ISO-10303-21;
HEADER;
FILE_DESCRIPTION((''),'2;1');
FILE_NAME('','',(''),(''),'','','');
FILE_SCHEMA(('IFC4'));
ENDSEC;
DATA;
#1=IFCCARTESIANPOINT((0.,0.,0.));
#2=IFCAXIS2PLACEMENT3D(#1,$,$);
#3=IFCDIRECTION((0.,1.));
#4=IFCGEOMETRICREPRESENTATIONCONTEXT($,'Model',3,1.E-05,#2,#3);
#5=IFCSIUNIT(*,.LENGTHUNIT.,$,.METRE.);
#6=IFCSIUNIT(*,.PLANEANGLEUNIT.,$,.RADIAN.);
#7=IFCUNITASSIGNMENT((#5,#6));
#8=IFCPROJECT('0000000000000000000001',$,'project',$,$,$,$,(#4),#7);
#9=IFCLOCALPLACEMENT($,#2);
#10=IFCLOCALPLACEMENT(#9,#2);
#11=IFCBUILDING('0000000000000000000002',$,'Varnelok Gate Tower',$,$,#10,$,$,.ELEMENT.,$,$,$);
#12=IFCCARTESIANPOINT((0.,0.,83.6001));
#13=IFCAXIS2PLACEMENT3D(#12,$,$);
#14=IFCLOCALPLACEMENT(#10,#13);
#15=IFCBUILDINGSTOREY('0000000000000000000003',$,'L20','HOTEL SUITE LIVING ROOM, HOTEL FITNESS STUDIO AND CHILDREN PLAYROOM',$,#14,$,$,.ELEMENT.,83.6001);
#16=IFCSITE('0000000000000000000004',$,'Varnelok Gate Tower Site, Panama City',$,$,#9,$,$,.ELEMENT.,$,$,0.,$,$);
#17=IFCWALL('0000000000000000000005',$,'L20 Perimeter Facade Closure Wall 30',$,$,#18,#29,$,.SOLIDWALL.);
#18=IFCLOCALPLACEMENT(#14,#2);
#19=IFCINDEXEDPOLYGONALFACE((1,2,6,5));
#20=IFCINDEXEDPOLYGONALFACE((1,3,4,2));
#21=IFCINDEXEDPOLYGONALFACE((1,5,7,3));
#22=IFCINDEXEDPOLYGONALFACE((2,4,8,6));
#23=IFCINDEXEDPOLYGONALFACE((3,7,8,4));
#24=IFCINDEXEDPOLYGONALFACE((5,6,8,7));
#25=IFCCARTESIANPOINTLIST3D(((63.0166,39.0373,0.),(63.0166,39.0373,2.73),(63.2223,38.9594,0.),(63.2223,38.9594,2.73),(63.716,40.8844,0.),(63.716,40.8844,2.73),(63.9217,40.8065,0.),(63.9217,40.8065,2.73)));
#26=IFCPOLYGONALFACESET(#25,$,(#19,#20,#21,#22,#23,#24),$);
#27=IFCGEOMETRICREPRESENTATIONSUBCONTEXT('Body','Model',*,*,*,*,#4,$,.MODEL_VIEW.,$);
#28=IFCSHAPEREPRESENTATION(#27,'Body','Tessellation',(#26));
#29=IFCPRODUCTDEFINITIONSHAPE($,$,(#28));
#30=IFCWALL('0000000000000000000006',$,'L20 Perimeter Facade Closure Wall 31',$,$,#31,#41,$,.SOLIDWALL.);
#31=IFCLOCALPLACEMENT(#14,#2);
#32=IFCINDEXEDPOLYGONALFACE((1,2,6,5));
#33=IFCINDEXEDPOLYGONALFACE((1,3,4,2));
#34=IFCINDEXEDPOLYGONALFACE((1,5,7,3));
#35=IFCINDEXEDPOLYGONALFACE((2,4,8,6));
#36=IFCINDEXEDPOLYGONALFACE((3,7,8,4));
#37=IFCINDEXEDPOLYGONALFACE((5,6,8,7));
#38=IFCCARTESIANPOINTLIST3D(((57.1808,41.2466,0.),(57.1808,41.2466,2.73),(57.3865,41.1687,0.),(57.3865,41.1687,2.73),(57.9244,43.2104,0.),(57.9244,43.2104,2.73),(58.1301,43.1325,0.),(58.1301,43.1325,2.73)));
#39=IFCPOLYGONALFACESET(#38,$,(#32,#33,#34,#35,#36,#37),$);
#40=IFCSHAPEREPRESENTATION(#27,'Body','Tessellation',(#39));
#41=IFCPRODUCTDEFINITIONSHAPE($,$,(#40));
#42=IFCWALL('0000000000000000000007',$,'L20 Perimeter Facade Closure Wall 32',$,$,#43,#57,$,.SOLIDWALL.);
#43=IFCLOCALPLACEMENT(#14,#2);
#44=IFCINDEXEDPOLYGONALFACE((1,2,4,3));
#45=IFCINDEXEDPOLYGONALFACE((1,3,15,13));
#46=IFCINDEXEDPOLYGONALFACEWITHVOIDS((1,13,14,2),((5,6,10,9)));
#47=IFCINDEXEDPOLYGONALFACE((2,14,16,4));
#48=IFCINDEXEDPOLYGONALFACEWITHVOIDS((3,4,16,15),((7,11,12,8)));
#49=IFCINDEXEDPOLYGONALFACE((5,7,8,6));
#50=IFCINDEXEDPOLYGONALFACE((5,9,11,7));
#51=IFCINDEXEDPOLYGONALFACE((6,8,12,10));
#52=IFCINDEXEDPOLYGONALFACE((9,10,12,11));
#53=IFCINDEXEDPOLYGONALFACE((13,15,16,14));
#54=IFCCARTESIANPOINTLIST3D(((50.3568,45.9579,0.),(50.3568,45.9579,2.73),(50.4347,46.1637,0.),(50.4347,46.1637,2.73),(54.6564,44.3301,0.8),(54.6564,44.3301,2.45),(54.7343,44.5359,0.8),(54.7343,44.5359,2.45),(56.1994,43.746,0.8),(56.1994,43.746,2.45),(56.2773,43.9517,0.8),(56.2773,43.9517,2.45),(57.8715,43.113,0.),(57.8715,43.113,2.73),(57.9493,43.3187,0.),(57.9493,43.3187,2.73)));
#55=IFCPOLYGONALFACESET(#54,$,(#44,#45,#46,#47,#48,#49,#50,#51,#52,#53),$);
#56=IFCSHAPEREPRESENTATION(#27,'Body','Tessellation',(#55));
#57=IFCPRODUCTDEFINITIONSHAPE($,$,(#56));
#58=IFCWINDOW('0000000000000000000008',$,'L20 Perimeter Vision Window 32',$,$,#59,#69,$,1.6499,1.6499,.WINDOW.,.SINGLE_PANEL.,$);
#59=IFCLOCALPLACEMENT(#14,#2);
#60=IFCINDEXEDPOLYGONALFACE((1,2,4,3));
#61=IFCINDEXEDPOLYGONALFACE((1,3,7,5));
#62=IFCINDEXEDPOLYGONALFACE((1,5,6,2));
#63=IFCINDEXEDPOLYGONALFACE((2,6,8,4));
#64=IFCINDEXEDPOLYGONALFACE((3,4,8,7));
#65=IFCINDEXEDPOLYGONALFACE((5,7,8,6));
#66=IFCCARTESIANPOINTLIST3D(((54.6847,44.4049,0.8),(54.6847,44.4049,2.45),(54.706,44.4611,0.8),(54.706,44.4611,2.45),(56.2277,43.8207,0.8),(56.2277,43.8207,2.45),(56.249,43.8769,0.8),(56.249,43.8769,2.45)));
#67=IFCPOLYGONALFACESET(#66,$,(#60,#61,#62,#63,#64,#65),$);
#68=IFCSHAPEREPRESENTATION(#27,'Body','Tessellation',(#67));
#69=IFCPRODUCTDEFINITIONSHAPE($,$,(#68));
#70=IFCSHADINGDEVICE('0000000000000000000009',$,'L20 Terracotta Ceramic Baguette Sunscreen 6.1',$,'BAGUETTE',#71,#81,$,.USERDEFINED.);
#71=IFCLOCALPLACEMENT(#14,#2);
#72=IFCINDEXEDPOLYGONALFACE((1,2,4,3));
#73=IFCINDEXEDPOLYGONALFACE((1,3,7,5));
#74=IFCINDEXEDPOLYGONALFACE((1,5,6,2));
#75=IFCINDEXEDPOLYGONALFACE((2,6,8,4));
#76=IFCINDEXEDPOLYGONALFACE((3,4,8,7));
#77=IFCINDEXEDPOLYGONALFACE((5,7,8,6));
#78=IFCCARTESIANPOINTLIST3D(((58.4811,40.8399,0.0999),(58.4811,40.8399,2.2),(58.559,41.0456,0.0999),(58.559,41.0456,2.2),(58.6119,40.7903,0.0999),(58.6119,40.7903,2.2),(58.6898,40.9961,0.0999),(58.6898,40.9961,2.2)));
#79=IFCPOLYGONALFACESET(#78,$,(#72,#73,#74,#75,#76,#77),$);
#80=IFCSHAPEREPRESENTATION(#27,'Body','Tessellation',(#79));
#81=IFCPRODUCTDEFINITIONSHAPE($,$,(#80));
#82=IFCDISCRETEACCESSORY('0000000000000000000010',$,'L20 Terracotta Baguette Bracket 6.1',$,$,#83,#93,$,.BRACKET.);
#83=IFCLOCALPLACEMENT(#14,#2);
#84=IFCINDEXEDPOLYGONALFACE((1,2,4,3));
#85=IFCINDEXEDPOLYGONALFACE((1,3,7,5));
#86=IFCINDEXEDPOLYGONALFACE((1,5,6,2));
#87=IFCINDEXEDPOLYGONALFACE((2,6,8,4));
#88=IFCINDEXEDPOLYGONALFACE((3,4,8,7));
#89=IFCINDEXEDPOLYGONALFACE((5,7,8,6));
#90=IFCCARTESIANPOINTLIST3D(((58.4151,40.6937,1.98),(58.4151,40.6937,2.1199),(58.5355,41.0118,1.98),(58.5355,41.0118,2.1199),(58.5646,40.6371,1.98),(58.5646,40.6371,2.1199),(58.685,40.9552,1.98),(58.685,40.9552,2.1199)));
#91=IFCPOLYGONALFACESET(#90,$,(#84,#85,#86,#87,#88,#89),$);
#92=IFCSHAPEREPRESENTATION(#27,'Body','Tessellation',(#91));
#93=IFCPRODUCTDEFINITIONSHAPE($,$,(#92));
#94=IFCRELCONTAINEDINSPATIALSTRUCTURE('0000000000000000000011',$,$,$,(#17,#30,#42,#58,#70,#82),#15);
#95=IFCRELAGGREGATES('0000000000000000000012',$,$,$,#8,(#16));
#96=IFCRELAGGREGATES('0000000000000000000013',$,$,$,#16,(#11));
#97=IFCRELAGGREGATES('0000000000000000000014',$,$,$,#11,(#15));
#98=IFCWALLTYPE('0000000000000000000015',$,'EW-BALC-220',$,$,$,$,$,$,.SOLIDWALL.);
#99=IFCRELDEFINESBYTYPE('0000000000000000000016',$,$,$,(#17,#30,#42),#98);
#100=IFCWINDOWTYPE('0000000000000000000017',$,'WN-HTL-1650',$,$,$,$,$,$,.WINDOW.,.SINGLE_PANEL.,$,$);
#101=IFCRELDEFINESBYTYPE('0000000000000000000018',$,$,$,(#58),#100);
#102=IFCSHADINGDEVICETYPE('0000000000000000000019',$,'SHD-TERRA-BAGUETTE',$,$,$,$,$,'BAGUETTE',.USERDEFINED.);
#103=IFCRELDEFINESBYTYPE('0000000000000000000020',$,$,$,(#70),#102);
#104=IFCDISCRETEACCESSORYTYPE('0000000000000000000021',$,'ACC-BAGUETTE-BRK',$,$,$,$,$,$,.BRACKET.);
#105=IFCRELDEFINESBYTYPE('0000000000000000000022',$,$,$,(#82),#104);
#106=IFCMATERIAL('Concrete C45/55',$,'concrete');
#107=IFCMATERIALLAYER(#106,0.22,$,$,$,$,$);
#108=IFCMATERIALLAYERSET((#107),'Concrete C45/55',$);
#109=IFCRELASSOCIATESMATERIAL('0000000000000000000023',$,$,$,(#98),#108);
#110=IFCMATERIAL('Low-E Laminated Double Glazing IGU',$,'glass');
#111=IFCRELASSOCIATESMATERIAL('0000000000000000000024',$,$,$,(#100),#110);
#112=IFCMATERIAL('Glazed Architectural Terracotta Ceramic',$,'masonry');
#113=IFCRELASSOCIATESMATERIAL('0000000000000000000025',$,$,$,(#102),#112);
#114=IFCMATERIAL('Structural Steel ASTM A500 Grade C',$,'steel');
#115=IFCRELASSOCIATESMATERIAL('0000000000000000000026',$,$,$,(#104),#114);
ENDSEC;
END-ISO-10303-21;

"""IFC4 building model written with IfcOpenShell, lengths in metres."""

from ifc_helpers import new_model, si_unit, direction, frame, frame_2d, origin, origin_2d, place, context, subcontext, project, spatial, rectangle, extrude, source, transform, mapped, material, layer, layer_set, type_object, element, fill, save


model = new_model("IFC4")

# Units and contexts
model_context = context("Model", 3, precision=1e-05, world=origin(), true_north=direction((0.0, 1.0)))
body_context = subcontext(model_context, "Body", "Model", "MODEL_VIEW")
ifc_project = project(units=[si_unit("LENGTHUNIT", "METRE"), si_unit("PLANEANGLEUNIT", "RADIAN")], contexts=[model_context])

# Site, building, storey
site_placement = place(None, origin())
site = spatial("IfcSite", under=ifc_project, at=site_placement, Name="Varnelok Gate Tower Site, Panama City", CompositionType="ELEMENT", RefElevation=0.0)
building_placement = place(site_placement, origin())
building = spatial("IfcBuilding", under=site, at=building_placement, Name="Varnelok Gate Tower", CompositionType="ELEMENT")
storey_placement = place(building_placement, frame((0.0, 0.0, 83.6001)))
storey = spatial("IfcBuildingStorey", under=building, at=storey_placement, Name="L20", Description="HOTEL SUITE LIVING ROOM, HOTEL FITNESS STUDIO AND CHILDREN PLAYROOM", CompositionType="ELEMENT", Elevation=83.6001)

# Shared definitions
ifc_material_1 = material(Name="Low-E Laminated Double Glazing IGU", Category="glass")

# Shared definitions
ifc_material_2 = material(Name="Concrete C45/55", Category="concrete")
ifc_layer_1 = layer(ifc_material_2, 0.22)
ifc_layer_set_1 = layer_set([ifc_layer_1], Name="Concrete C45/55")
wall_type = type_object("IfcWallType", Name="EW-BALC-220", PredefinedType="SOLIDWALL", material=ifc_layer_set_1)

# Shared definitions
window_type = type_object("IfcWindowType", Name="WN-HTL-1650", PartitioningType="SINGLE_PANEL", PredefinedType="WINDOW", material=ifc_material_1)

# Walls
wall_1_placement = place(storey_placement, frame((63.8188, 40.8455, 0.0), z_axis=(0.0, 0.0, 1.0), x_axis=(-0.354129, -0.935197, 0.0)))
element("IfcWall", 1, at=wall_1_placement, inside=storey, type_object=wall_type, Name="L20 Perimeter Facade Closure Wall 30", PredefinedType="SOLIDWALL", context=body_context, shape_type="SweptSolid", body=[
    extrude(rectangle(XDim=1.9751, YDim=0.22, at=frame_2d((0.9875, 0.0))), origin(), (0.0, 0.0, 1.0), 2.73),
])
wall_2_placement = place(storey_placement, frame((57.2837, 41.2078, 0.0), z_axis=(0.0, 0.0, 1.0), x_axis=(0.354128, 0.935197, 0.0)))
element("IfcWall", 2, at=wall_2_placement, inside=storey, type_object=wall_type, Name="L20 Perimeter Facade Closure Wall 31", PredefinedType="SOLIDWALL", context=body_context, shape_type="SweptSolid", body=[
    extrude(rectangle(XDim=2.0999, YDim=0.22, at=frame_2d((1.0498, 0.0))), origin(), (0.0, 0.0, 1.0), 2.73),
])

# Wall, opening, window
wall_3_placement = place(storey_placement, frame((57.9104, 43.2158, 0.0), z_axis=(0.0, 0.0, 1.0), x_axis=(-0.935221, 0.354065, 0.0)))
wall_3 = element("IfcWall", 3, at=wall_3_placement, inside=storey, type_object=wall_type, Name="L20 Perimeter Facade Closure Wall 32", PredefinedType="SOLIDWALL", context=body_context, shape_type="SweptSolid", body=[
    extrude(rectangle(XDim=8.0352, YDim=0.22, at=frame_2d((4.0176, 0.0))), origin(), (0.0, 0.0, 1.0), 2.73),
])
opening_1_placement = place(wall_3_placement, frame((1.7878, 0.0, 0.8)))
opening_1 = element("IfcOpeningElement", 4, at=opening_1_placement, cuts=wall_3, PredefinedType="OPENING", context=body_context, shape_type="SweptSolid", body=[
    extrude(rectangle(XDim=1.6499, YDim=1.6499, at=frame_2d((0.825, 0.825))), frame((0.0, 0.1199, 0.0), z_axis=(0.0, -1.0, 0.0), x_axis=(1.0, 0.0, 0.0)), (0.0, 0.0, 1.0), 0.24),
])
window_1_placement = place(opening_1_placement, origin())
window_1 = element("IfcWindow", 5, at=window_1_placement, inside=storey, type_object=window_type, Name="L20 Perimeter Vision Window 32", OverallHeight=1.6499, OverallWidth=1.6499, PartitioningType="SINGLE_PANEL", PredefinedType="WINDOW", context=body_context, shape_type="SweptSolid", body=[
    extrude(rectangle(XDim=1.6499, YDim=1.6499, at=frame_2d((0.825, 0.825))), frame((0.0, 0.03, 0.0), z_axis=(0.0, -1.0, 0.0), x_axis=(1.0, 0.0, 0.0)), (0.0, 0.0, 1.0), 0.0601),
])
fill(opening_1, window_1)

# Shading device
ifc_material_3 = material(Name="Glazed Architectural Terracotta Ceramic", Category="masonry")
shading_device_type = type_object("IfcShadingDeviceType", Name="SHD-TERRA-BAGUETTE", ElementType="BAGUETTE", PredefinedType="USERDEFINED", material=ifc_material_3)
shared_shape_1 = source(origin(), body_context, "Body", "SweptSolid", [
    extrude(rectangle(XDim=0.1399, YDim=0.22, at=origin_2d()), origin(), (0.0, 0.0, 1.0), 2.1001),
])
shading_device_placement = place(storey_placement, frame((58.5854, 40.918, 0.0999), z_axis=(0.0, 0.0, 1.0), x_axis=(0.935222, -0.354063, 0.0)))
element("IfcShadingDevice", 6, at=shading_device_placement, inside=storey, type_object=shading_device_type, Name="L20 Terracotta Ceramic Baguette Sunscreen 6.1", ObjectType="BAGUETTE", PredefinedType="USERDEFINED", context=body_context, shape_type="MappedRepresentation", body=[
    mapped(shared_shape_1, transform((0.0, 0.0, 0.0), scale=1.0)),
])

# Discrete accessory
ifc_material_4 = material(Name="Structural Steel ASTM A500 Grade C", Category="steel")
discrete_accessory_type = type_object("IfcDiscreteAccessoryType", Name="ACC-BAGUETTE-BRK", PredefinedType="BRACKET", material=ifc_material_4)
shared_shape_2 = source(origin(), body_context, "Body", "SweptSolid", [
    extrude(rectangle(XDim=0.1599, YDim=0.3401, at=origin_2d()), origin(), (0.0, 0.0, 1.0), 0.1399),
])
discrete_accessory_placement = place(storey_placement, frame((58.55, 40.8245, 1.98), z_axis=(0.0, 0.0, 1.0), x_axis=(0.935222, -0.354063, 0.0)))
element("IfcDiscreteAccessory", 7, at=discrete_accessory_placement, inside=storey, type_object=discrete_accessory_type, Name="L20 Terracotta Baguette Bracket 6.1", PredefinedType="BRACKET", context=body_context, shape_type="MappedRepresentation", body=[
    mapped(shared_shape_2, transform((0.0, 0.0, 0.0), scale=1.0)),
])

save(model, "model.ifc")
